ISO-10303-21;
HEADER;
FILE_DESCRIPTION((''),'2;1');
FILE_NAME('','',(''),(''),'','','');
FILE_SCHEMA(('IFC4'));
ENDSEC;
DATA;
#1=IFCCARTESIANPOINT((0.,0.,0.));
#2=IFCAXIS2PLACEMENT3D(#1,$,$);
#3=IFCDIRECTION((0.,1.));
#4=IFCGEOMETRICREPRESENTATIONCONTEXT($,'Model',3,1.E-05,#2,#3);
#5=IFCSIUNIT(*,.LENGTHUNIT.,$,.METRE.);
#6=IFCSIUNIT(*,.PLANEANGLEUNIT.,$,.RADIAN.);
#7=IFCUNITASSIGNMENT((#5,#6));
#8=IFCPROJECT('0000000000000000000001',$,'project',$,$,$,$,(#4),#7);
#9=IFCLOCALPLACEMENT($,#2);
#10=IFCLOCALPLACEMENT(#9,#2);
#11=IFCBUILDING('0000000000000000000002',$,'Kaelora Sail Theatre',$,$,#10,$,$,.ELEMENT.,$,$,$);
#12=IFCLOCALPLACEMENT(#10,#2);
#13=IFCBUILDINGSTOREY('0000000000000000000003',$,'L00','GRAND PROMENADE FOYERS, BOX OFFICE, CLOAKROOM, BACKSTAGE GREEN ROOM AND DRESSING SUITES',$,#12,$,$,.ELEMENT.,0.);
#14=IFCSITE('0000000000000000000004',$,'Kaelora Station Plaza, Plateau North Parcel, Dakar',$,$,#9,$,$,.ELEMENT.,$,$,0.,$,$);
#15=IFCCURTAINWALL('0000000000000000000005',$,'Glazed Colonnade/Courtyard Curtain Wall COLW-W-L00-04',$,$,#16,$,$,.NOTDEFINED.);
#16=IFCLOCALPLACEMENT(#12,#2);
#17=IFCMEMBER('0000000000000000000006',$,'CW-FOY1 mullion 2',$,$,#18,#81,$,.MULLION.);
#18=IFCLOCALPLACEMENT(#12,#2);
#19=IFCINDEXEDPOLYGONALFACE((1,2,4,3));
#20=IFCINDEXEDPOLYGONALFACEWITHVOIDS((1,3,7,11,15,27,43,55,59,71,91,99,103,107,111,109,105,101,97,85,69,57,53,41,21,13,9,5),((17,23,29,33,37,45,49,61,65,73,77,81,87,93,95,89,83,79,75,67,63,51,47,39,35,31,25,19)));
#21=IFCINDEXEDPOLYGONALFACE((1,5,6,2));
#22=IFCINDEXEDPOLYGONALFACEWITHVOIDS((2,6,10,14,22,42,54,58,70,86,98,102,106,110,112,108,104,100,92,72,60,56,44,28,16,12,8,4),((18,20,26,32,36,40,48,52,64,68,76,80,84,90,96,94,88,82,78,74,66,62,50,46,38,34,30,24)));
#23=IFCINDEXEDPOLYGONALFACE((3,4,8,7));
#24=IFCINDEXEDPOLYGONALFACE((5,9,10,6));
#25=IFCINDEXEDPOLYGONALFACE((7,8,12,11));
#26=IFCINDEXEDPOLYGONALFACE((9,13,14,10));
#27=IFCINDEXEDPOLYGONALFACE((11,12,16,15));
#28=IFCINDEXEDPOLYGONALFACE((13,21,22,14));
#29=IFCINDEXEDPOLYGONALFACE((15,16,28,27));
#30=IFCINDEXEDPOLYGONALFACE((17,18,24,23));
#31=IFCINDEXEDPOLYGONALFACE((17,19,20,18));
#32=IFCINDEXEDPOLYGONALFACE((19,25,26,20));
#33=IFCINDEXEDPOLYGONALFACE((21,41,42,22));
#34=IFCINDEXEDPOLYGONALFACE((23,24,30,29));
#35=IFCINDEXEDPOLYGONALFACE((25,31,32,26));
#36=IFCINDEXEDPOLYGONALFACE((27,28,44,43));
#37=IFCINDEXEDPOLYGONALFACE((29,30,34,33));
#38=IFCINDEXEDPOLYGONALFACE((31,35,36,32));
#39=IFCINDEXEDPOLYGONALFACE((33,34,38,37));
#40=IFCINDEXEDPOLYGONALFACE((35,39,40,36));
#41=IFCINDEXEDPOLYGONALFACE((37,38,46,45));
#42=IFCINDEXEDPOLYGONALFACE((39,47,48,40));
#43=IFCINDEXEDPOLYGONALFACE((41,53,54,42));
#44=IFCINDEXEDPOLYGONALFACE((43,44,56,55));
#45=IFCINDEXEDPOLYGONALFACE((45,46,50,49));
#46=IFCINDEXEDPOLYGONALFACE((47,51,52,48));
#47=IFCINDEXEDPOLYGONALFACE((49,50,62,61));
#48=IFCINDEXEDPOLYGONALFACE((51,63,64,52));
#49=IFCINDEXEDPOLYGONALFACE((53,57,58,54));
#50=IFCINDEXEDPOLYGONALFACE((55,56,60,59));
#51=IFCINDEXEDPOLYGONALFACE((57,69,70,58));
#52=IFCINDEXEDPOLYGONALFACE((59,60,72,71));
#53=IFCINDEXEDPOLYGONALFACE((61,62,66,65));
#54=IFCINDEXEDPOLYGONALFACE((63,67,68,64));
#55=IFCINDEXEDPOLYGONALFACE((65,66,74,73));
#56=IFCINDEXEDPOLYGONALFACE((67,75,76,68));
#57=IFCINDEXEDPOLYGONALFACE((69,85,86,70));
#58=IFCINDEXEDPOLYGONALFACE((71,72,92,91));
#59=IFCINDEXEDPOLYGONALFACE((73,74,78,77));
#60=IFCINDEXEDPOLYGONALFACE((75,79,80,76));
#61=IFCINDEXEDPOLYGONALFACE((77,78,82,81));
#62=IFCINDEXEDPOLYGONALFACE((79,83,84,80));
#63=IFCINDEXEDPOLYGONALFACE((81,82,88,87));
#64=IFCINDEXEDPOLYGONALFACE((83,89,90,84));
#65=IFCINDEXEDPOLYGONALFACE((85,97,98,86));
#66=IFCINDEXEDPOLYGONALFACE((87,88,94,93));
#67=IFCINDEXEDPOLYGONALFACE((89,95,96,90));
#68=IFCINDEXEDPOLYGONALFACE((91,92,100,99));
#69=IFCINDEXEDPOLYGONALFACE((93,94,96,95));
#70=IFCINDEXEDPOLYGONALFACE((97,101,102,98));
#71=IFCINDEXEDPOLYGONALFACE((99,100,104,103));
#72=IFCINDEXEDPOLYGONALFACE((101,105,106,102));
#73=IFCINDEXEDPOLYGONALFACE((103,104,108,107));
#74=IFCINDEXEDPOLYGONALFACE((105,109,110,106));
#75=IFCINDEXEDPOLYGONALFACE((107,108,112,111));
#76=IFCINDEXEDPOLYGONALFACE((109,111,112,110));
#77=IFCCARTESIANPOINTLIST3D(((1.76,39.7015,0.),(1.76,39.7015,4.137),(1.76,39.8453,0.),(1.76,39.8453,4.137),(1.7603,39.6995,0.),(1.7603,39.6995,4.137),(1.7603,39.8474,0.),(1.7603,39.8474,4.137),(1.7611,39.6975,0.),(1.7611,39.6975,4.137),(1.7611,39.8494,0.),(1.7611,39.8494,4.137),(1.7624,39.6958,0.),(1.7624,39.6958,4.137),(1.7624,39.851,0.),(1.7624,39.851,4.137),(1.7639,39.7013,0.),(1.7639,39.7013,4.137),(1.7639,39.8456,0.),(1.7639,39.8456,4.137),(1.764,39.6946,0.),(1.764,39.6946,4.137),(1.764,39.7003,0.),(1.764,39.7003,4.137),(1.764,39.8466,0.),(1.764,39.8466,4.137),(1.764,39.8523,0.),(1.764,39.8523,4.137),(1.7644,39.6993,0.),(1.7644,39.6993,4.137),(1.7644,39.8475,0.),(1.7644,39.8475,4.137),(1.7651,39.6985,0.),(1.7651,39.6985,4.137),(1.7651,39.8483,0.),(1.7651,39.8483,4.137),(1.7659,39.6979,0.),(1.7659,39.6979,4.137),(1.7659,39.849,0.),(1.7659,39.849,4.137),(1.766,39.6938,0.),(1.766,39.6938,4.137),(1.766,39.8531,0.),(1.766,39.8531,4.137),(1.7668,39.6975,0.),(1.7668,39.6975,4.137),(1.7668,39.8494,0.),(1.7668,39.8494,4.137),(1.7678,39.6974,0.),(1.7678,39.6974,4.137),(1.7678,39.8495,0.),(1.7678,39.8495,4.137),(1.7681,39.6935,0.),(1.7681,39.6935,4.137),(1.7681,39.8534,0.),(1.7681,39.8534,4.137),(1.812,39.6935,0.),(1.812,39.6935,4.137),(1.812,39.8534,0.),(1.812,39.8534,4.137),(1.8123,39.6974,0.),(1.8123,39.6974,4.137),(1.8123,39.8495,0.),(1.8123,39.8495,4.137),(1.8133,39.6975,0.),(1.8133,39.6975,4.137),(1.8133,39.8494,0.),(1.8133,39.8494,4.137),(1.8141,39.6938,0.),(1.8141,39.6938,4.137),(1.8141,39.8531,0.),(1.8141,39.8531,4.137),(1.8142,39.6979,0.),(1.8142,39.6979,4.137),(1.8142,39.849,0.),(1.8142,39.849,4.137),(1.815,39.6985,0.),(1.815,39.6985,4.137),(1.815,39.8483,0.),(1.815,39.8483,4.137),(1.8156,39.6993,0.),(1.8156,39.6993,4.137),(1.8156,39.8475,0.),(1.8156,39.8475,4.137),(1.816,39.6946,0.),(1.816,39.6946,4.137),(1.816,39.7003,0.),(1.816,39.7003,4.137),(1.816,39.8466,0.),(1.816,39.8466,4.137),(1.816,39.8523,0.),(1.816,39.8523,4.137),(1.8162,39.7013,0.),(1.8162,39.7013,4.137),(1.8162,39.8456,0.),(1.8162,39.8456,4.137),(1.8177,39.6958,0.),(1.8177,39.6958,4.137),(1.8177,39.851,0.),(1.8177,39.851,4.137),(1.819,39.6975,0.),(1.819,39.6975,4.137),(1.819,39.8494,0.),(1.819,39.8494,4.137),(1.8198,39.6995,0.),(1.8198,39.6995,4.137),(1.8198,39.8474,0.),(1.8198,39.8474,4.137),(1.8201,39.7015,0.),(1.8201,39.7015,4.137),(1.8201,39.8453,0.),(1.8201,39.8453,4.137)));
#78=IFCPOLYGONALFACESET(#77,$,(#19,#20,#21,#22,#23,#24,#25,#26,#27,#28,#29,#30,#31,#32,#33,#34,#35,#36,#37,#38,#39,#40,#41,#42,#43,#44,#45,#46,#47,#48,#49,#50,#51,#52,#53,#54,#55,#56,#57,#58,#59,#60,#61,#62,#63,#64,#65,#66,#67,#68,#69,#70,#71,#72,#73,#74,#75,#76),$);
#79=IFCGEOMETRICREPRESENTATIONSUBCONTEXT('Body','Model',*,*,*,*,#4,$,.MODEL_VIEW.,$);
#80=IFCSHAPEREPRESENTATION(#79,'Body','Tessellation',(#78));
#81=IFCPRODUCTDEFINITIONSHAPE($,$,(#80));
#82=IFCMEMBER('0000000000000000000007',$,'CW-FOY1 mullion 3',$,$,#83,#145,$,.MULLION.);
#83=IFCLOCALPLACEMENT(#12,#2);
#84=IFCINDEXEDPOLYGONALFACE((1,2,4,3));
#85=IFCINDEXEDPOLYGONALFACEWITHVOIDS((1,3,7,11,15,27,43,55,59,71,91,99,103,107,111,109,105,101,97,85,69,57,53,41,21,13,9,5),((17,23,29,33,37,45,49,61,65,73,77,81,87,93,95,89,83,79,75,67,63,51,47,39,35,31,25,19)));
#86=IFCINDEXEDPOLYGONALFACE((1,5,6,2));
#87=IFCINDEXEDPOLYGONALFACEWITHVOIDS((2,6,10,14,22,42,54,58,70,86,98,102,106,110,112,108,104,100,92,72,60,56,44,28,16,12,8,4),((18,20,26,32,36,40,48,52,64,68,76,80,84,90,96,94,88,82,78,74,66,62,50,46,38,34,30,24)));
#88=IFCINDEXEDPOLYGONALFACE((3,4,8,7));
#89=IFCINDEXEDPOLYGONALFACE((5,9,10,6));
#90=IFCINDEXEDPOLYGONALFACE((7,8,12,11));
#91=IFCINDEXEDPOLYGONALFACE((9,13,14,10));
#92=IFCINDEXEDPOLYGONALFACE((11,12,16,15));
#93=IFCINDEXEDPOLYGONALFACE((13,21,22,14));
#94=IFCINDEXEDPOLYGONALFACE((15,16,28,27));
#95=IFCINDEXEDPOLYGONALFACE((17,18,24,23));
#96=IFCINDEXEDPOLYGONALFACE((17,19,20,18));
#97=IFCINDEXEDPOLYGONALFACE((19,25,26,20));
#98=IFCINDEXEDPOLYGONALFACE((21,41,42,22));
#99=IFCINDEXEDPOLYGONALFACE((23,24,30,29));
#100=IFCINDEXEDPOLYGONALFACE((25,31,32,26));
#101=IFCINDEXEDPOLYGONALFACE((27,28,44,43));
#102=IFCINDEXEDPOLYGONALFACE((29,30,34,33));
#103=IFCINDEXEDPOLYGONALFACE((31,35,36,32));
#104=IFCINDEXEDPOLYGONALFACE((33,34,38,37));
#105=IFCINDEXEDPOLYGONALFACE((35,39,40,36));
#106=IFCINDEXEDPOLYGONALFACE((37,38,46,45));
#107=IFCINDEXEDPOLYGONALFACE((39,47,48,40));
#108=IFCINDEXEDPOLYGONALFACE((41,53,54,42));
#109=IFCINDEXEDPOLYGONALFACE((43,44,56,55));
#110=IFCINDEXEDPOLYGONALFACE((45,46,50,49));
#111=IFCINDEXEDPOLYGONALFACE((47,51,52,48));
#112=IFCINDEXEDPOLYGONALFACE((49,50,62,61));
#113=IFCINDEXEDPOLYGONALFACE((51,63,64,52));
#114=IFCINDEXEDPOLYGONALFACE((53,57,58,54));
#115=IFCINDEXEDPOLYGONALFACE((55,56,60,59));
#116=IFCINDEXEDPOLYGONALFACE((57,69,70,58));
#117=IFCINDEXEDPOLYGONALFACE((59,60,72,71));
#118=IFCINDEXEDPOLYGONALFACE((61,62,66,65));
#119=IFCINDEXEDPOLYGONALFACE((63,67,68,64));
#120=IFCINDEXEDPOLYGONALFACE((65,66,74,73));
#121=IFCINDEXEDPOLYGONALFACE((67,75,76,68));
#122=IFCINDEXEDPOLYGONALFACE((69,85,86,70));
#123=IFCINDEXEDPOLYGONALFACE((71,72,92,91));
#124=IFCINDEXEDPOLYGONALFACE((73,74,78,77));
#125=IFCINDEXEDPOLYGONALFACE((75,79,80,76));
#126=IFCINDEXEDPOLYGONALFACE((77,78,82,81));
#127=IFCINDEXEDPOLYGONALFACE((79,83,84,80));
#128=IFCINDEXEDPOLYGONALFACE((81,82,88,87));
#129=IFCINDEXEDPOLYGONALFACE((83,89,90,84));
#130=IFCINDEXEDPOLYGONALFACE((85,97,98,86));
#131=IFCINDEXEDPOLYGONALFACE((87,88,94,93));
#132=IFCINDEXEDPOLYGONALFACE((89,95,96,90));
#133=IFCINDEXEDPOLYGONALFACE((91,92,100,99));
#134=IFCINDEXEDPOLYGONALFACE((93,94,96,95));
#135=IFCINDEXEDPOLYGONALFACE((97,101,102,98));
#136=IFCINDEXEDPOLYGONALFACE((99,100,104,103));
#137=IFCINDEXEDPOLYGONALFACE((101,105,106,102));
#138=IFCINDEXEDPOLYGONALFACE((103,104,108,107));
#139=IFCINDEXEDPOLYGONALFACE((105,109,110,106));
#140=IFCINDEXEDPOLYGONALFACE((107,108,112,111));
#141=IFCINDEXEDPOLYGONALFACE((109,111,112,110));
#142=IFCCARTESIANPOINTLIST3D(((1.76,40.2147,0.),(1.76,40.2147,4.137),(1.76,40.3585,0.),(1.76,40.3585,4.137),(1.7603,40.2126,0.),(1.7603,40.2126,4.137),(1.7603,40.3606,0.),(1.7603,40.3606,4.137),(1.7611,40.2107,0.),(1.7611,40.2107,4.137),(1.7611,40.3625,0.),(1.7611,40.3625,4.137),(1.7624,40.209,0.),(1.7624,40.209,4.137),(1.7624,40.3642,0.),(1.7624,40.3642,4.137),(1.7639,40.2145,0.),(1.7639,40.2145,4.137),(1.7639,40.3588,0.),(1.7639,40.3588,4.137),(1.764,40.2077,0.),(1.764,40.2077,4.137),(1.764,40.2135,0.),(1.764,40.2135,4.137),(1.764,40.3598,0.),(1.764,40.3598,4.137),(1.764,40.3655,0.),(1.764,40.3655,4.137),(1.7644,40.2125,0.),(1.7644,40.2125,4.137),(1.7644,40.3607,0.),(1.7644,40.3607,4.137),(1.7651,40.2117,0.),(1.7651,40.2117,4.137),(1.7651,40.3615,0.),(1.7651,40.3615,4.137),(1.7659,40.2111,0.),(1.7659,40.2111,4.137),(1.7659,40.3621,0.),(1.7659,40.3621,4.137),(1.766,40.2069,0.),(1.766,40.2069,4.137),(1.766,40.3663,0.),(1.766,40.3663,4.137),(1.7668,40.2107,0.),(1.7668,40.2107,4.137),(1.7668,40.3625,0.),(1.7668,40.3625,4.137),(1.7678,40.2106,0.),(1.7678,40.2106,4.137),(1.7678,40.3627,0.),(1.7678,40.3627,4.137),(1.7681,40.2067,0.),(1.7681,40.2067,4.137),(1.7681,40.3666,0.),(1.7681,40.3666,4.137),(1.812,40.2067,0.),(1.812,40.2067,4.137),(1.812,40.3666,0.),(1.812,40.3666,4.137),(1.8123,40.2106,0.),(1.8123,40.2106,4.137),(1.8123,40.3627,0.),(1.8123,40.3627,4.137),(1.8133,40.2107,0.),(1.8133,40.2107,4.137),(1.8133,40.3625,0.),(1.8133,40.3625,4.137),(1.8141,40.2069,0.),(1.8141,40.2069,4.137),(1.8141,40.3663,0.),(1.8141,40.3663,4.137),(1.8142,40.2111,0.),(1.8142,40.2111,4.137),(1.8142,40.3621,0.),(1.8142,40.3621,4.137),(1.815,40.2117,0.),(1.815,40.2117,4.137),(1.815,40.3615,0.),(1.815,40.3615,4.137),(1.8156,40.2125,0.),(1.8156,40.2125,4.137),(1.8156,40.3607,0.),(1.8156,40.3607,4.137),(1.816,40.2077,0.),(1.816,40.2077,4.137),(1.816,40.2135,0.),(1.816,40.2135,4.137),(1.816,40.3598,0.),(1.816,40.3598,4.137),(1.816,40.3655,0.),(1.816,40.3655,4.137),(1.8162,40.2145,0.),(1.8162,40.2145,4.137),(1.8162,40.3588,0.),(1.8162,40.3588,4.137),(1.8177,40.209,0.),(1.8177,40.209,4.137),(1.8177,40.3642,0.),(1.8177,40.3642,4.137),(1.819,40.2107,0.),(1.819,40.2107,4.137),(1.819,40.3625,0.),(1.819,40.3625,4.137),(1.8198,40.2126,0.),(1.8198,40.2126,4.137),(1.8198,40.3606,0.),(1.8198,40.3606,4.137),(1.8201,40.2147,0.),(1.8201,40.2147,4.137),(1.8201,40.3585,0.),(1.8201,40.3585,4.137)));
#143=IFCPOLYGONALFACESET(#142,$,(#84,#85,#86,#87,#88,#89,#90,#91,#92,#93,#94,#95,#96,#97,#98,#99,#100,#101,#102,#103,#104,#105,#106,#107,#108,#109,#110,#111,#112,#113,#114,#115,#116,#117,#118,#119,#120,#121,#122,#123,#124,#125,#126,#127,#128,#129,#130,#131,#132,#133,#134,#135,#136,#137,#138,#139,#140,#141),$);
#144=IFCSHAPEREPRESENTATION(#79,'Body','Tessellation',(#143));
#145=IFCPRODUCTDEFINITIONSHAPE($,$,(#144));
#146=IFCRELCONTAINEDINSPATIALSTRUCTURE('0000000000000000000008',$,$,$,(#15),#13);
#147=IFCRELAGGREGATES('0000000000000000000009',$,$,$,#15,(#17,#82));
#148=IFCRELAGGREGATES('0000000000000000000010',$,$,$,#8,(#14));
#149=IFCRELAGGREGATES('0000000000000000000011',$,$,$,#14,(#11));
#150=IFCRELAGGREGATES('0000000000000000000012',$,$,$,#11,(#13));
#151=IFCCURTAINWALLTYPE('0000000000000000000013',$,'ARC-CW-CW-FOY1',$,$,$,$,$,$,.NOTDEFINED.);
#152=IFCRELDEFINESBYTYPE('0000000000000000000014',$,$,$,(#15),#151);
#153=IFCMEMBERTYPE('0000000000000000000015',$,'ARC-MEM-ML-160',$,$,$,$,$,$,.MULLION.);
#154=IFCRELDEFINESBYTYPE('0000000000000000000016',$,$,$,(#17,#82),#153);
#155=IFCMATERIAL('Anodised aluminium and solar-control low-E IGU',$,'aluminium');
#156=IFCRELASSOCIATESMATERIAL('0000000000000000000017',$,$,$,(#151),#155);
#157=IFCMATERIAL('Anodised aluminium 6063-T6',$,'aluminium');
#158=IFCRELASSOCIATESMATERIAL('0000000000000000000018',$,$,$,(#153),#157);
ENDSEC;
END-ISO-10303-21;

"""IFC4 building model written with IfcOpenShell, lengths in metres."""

from ifc_helpers import new_model, si_unit, direction, frame, origin, origin_2d, place, context, subcontext, project, spatial, hollow_rectangle, extrude, material, material_profile, profile_set, type_object, element, aggregate, save


model = new_model("IFC4")

# Units and contexts
model_context = context("Model", 3, precision=1e-05, world=origin(), true_north=direction((0.0, 1.0)))
body_context = subcontext(model_context, "Body", "Model", "MODEL_VIEW")
ifc_project = project(units=[si_unit("LENGTHUNIT", "METRE"), si_unit("PLANEANGLEUNIT", "RADIAN")], contexts=[model_context])

# Site, building, storey
site_placement = place(None, origin())
site = spatial("IfcSite", under=ifc_project, at=site_placement, Name="Kaelora Station Plaza, Plateau North Parcel, Dakar", CompositionType="ELEMENT", RefElevation=0.0)
building_placement = place(site_placement, origin())
building = spatial("IfcBuilding", under=site, at=building_placement, Name="Kaelora Sail Theatre", CompositionType="ELEMENT")
storey_placement = place(building_placement, origin())
storey = spatial("IfcBuildingStorey", under=building, at=storey_placement, Name="L00", Description="GRAND PROMENADE FOYERS, BOX OFFICE, CLOAKROOM, BACKSTAGE GREEN ROOM AND DRESSING SUITES", CompositionType="ELEMENT", Elevation=0.0)

# Curtain wall, members
ifc_material_1 = material(Name="Anodised aluminium and solar-control low-E IGU", Category="aluminium")
curtain_wall_type = type_object("IfcCurtainWallType", Name="ARC-CW-CW-FOY1", PredefinedType="NOTDEFINED", material=ifc_material_1)
curtain_wall_placement = place(storey_placement, origin())
curtain_wall = element("IfcCurtainWall", 1, at=curtain_wall_placement, inside=storey, type_object=curtain_wall_type, Name="Glazed Colonnade/Courtyard Curtain Wall COLW-W-L00-04", PredefinedType="NOTDEFINED")
ifc_material_2 = material(Name="Anodised aluminium 6063-T6", Category="aluminium")
ifc_material_profile_1 = material_profile(ifc_material_2, hollow_rectangle(XDim=0.0601, YDim=0.1599, WallThickness=0.0039, InnerFilletRadius=0.0039, OuterFilletRadius=0.0081, at=origin_2d()), Name="ALU-MULL 60x160x4")
ifc_profile_set_1 = profile_set([ifc_material_profile_1], Name="Anodised aluminium 6063-T6")
member_type_1 = type_object("IfcMemberType", Name="ARC-MEM-ML-160", PredefinedType="MULLION", material=ifc_profile_set_1)
member_1_placement = place(storey_placement, frame((1.79, 39.7734, 0.0), z_axis=(0.0, 0.0, 1.0), x_axis=(-1.0, 0.0, 0.0)))
member_1 = element("IfcMember", 2, at=member_1_placement, type_object=member_type_1, Name="CW-FOY1 mullion 2", PredefinedType="MULLION", context=body_context, shape_type="SweptSolid", body=[
    extrude(hollow_rectangle(XDim=0.0601, YDim=0.1599, WallThickness=0.0039, InnerFilletRadius=0.0039, OuterFilletRadius=0.0081, at=origin_2d()), origin(), (0.0, 0.0, 1.0), 4.137),
])
member_2_placement = place(storey_placement, frame((1.79, 40.2866, 0.0), z_axis=(0.0, 0.0, 1.0), x_axis=(-1.0, 0.0, 0.0)))
member_2 = element("IfcMember", 3, at=member_2_placement, type_object=member_type_1, Name="CW-FOY1 mullion 3", PredefinedType="MULLION", context=body_context, shape_type="SweptSolid", body=[
    extrude(hollow_rectangle(XDim=0.0601, YDim=0.1599, WallThickness=0.0039, InnerFilletRadius=0.0039, OuterFilletRadius=0.0081, at=origin_2d()), origin(), (0.0, 0.0, 1.0), 4.137),
])
aggregate(curtain_wall, [member_1, member_2])

save(model, "model.ifc")
